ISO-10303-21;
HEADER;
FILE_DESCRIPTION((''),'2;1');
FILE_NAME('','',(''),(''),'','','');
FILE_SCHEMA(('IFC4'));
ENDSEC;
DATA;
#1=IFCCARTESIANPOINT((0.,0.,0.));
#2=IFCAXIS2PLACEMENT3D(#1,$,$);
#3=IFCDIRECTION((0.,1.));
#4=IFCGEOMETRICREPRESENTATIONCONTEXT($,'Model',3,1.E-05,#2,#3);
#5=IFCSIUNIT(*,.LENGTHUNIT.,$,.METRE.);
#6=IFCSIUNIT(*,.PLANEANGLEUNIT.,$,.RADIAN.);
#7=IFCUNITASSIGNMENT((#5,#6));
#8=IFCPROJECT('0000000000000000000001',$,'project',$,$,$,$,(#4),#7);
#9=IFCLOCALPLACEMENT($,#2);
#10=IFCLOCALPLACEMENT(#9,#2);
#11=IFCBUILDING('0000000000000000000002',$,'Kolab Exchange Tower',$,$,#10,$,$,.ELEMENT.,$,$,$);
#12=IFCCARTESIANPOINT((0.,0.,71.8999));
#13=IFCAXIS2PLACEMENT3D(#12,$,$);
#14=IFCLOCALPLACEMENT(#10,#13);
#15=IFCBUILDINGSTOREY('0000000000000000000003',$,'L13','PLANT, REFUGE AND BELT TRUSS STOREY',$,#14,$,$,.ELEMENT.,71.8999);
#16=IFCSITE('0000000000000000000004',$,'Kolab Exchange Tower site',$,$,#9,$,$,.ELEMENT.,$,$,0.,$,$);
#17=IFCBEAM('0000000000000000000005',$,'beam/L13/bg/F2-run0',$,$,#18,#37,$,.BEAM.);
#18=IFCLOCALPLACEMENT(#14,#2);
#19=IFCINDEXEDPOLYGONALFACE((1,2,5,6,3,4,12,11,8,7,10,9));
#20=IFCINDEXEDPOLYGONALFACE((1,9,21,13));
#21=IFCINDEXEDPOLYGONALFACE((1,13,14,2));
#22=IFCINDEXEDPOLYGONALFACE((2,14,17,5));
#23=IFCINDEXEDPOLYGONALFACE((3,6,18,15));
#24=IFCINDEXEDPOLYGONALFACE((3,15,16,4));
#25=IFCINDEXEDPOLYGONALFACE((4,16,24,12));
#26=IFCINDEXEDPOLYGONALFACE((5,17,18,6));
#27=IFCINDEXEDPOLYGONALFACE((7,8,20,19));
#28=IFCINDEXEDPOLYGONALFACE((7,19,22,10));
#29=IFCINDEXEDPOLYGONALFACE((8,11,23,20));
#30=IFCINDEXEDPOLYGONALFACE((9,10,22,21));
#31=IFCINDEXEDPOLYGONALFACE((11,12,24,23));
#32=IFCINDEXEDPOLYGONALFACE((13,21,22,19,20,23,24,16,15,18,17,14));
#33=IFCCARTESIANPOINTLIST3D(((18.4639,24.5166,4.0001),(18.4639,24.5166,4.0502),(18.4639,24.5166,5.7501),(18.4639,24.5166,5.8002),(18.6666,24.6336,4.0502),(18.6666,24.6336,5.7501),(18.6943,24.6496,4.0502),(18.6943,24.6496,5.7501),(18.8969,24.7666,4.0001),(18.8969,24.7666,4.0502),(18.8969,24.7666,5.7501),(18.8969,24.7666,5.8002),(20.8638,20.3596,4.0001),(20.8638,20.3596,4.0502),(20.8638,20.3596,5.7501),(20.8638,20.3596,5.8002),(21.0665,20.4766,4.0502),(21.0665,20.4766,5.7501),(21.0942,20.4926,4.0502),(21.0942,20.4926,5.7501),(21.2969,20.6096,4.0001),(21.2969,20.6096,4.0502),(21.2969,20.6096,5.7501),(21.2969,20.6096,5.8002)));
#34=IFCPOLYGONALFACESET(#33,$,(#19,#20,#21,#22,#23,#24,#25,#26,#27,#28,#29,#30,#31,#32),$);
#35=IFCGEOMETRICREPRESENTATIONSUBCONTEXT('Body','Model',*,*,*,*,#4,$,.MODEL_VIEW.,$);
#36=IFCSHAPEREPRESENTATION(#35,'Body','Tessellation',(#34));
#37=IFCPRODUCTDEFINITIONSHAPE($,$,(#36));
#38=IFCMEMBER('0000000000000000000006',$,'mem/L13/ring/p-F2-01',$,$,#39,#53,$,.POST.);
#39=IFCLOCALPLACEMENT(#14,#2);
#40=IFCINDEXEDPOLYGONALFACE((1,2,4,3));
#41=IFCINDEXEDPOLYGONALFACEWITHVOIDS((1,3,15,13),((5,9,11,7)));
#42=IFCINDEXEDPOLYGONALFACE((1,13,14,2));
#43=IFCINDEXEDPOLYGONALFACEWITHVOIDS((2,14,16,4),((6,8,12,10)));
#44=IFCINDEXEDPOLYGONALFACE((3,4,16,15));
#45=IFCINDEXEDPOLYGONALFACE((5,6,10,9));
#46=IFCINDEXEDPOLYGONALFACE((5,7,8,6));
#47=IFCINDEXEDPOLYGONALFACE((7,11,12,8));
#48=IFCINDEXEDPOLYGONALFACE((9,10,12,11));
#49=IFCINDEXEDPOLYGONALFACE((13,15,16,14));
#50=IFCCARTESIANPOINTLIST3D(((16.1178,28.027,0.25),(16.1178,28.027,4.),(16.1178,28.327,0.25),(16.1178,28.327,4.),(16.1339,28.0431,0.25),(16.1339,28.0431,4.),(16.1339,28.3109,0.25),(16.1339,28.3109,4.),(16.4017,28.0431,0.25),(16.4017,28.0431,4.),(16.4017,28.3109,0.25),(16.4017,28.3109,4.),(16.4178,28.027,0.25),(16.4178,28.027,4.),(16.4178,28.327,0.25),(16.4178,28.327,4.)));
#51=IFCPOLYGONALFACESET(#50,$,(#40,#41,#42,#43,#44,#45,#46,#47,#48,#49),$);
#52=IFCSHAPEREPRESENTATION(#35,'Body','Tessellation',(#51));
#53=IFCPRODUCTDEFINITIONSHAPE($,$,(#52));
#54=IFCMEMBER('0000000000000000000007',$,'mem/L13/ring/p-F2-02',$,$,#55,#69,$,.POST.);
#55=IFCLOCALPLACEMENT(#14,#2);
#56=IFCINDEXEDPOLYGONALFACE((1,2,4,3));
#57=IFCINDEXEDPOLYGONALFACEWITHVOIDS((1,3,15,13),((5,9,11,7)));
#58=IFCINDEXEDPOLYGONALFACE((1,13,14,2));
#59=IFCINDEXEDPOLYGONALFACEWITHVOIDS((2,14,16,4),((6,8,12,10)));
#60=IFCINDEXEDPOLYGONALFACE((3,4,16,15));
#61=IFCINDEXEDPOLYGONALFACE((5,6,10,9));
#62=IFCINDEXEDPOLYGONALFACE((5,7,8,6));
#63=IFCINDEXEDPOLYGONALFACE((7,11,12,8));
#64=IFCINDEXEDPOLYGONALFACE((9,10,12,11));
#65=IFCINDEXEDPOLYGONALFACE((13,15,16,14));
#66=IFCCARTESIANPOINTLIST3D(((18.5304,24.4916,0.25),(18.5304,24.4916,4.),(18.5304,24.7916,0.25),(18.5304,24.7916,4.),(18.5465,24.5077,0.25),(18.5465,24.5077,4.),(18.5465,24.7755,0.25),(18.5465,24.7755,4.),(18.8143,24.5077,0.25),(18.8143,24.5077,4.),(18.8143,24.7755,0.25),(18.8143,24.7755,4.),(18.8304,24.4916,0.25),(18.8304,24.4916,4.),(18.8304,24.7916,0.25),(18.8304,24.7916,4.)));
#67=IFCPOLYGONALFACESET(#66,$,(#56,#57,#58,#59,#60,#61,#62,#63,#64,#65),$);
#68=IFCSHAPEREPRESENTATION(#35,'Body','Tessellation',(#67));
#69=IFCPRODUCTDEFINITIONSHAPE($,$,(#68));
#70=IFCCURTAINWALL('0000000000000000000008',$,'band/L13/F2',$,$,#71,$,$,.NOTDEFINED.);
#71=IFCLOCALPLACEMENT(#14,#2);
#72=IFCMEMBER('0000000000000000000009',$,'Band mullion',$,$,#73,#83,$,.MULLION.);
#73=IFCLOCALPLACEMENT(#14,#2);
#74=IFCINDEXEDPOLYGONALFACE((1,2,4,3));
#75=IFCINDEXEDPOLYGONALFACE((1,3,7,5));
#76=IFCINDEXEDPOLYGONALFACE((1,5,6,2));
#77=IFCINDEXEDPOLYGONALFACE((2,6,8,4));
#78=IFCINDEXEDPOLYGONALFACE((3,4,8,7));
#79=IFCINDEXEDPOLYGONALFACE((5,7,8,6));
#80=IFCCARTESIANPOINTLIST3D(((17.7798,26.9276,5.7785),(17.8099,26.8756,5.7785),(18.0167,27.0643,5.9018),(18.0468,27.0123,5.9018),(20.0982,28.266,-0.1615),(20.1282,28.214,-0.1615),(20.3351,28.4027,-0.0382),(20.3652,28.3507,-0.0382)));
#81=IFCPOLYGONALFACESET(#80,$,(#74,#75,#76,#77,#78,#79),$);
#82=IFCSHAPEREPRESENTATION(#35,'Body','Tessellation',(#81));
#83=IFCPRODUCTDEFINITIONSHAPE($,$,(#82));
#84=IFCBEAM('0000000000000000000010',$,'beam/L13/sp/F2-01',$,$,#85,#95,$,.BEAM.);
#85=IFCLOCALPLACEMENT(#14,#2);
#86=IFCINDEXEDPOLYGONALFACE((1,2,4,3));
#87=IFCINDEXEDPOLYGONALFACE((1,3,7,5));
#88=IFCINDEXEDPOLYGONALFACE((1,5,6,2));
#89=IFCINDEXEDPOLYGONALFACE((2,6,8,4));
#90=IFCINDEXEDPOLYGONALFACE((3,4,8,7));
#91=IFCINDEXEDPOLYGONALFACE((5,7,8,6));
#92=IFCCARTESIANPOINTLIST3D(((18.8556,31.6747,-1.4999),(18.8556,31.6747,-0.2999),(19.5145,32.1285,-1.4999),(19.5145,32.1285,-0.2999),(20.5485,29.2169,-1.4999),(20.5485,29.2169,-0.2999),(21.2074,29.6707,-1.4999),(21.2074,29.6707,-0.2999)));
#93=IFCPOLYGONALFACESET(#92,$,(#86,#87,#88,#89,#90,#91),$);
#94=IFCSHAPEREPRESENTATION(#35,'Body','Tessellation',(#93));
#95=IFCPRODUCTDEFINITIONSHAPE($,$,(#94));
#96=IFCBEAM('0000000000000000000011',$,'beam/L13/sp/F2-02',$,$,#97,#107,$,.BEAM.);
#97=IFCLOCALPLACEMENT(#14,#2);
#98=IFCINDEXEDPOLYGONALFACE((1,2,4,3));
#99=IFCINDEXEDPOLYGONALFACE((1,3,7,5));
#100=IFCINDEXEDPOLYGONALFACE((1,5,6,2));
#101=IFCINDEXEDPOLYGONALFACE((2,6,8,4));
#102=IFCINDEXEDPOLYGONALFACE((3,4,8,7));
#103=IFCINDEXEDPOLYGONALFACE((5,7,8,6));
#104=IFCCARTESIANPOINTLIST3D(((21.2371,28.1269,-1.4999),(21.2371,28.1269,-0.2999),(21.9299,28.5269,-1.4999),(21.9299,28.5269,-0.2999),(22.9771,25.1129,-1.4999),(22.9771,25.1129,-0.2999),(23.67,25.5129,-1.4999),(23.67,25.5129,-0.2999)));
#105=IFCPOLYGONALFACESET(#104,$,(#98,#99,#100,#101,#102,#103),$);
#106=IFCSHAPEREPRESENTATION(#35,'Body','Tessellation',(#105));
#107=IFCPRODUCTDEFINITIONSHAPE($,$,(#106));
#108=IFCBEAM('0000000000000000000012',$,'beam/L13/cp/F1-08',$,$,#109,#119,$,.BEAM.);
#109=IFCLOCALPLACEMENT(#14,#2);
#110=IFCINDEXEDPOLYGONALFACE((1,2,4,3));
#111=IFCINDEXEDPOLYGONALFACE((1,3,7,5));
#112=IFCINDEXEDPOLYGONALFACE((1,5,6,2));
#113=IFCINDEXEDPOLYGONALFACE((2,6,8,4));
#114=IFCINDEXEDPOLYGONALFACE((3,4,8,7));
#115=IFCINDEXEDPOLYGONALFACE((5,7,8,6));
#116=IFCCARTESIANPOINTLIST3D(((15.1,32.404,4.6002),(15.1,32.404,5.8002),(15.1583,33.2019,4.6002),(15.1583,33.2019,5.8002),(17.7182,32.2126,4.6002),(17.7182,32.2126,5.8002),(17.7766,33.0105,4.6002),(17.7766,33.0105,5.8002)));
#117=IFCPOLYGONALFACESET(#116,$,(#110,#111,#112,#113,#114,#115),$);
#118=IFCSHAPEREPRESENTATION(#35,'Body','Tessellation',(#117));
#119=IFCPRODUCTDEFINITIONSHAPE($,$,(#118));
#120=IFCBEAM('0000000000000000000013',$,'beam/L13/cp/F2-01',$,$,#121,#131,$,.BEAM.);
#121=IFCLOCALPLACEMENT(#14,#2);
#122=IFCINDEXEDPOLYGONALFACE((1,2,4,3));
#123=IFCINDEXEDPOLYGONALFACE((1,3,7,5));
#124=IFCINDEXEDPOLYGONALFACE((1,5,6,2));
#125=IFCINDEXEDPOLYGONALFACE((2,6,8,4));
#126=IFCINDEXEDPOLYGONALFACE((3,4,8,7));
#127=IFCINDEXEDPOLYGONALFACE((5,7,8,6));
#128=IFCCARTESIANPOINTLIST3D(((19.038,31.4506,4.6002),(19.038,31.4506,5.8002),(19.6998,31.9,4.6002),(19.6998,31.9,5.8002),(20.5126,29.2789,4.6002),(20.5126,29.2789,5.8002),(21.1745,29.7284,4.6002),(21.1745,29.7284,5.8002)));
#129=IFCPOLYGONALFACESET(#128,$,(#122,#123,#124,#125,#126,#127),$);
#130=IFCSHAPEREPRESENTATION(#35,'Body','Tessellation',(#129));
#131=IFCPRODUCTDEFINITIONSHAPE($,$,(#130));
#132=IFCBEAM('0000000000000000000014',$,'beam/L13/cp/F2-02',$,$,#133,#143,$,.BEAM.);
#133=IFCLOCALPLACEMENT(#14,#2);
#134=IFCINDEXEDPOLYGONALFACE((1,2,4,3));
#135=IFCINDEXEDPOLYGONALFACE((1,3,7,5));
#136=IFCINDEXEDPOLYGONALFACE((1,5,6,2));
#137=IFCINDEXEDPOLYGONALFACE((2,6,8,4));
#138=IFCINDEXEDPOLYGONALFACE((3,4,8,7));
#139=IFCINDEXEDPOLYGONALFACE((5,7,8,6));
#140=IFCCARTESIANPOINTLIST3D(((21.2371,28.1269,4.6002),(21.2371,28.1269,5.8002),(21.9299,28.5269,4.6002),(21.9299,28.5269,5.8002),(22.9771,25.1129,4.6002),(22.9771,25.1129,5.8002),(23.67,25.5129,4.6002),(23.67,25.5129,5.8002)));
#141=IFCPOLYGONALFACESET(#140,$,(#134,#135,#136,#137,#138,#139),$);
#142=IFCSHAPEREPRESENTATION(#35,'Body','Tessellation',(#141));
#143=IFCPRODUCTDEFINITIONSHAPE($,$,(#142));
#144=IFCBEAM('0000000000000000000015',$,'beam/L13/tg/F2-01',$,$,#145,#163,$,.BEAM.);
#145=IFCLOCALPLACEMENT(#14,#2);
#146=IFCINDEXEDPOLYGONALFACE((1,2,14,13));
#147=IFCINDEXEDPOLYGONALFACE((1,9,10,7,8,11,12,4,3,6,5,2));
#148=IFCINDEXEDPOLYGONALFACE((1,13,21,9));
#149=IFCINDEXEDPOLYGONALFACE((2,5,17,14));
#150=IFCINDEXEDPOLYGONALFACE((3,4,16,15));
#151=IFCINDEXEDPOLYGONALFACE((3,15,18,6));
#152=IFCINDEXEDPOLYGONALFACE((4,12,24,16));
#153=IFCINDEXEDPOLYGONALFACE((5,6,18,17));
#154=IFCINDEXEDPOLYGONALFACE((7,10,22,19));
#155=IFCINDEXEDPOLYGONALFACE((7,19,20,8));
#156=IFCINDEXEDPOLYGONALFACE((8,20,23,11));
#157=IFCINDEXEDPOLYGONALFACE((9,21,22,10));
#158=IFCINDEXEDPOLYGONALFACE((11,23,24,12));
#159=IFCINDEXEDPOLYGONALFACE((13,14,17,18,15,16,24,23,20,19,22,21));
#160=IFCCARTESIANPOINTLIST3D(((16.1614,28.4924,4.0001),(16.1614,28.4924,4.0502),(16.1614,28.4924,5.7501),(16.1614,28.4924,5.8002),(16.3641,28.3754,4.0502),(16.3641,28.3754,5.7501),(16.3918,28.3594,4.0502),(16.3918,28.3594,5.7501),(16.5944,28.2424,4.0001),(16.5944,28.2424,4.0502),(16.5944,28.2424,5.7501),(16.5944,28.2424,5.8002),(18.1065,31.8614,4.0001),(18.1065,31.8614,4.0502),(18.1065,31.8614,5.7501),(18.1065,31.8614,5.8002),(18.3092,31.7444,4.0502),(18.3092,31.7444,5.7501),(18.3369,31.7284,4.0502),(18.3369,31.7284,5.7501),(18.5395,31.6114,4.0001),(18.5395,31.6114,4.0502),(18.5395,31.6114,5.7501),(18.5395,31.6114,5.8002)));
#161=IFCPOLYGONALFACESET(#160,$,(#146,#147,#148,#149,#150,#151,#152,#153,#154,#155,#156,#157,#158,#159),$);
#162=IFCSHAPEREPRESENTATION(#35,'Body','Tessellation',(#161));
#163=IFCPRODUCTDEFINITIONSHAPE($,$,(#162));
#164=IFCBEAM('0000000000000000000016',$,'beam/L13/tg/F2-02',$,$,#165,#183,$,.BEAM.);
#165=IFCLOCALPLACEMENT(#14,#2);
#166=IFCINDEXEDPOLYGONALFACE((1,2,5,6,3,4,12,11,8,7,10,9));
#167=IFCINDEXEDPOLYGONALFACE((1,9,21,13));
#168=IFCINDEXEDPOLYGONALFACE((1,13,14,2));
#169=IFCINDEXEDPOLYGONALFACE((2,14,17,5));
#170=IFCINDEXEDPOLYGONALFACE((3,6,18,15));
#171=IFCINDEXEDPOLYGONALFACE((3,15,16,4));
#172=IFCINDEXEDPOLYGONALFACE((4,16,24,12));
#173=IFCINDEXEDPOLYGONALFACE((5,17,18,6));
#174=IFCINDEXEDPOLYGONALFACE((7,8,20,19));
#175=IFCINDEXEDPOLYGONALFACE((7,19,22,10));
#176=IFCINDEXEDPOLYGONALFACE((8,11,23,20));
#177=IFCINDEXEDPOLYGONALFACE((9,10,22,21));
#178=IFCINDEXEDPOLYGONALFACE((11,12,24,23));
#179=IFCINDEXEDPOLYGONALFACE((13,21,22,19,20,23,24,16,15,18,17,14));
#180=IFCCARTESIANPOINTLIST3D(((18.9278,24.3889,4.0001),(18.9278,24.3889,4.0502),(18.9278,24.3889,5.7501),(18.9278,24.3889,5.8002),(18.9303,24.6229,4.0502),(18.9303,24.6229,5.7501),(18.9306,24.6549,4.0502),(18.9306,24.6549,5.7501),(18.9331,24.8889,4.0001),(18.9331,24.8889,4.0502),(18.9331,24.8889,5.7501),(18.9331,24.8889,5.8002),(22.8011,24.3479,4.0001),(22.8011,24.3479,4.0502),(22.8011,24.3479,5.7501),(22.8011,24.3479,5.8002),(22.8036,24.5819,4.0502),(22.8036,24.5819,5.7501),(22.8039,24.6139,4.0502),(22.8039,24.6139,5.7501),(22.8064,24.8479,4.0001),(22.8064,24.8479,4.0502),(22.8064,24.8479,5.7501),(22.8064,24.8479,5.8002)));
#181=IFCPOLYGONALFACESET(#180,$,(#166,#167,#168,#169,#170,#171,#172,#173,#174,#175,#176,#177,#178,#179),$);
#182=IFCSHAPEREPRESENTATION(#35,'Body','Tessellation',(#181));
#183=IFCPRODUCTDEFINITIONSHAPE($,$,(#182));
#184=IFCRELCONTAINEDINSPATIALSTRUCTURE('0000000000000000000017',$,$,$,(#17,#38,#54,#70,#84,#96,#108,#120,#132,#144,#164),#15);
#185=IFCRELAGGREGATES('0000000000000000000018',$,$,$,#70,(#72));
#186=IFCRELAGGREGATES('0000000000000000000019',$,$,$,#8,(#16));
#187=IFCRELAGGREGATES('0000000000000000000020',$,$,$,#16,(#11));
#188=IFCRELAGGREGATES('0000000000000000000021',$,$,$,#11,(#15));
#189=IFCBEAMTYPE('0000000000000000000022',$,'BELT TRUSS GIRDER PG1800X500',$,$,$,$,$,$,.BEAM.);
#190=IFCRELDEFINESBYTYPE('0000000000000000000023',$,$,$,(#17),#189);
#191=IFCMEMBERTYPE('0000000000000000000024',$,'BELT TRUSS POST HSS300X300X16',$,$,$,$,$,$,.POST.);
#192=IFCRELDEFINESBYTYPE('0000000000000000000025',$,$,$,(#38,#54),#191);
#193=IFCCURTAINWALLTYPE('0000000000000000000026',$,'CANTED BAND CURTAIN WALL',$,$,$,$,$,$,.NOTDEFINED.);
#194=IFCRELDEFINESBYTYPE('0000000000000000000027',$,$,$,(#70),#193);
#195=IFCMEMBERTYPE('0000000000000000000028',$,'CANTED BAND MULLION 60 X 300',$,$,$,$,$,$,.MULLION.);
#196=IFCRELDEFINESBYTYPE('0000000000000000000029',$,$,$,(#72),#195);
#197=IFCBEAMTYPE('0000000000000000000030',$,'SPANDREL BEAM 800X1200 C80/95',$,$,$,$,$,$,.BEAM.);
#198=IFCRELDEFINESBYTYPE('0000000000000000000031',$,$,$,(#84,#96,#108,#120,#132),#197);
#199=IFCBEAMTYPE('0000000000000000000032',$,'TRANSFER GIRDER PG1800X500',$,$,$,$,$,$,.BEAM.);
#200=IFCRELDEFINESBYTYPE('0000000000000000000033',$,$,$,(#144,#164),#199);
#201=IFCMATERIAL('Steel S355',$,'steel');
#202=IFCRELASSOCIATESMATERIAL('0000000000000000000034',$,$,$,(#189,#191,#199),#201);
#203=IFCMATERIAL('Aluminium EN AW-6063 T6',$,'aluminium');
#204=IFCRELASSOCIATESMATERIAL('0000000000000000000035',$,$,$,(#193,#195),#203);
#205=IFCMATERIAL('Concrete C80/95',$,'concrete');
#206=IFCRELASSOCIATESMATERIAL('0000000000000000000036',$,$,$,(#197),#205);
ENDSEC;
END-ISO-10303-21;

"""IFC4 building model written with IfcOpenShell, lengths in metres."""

from ifc_helpers import new_model, si_unit, direction, frame, origin, origin_2d, place, context, subcontext, project, spatial, rectangle, hollow_rectangle, i_section, extrude, material, material_profile, profile_set, type_object, element, aggregate, save


model = new_model("IFC4")

# Units and contexts
model_context = context("Model", 3, precision=1e-05, world=origin(), true_north=direction((0.0, 1.0)))
body_context = subcontext(model_context, "Body", "Model", "MODEL_VIEW")
ifc_project = project(units=[si_unit("LENGTHUNIT", "METRE"), si_unit("PLANEANGLEUNIT", "RADIAN")], contexts=[model_context])

# Site, building, storey
site_placement = place(None, origin())
site = spatial("IfcSite", under=ifc_project, at=site_placement, Name="Kolab Exchange Tower site", CompositionType="ELEMENT", RefElevation=0.0)
building_placement = place(site_placement, origin())
building = spatial("IfcBuilding", under=site, at=building_placement, Name="Kolab Exchange Tower", CompositionType="ELEMENT")
storey_placement = place(building_placement, frame((0.0, 0.0, 71.8999)))
storey = spatial("IfcBuildingStorey", under=building, at=storey_placement, Name="L13", Description="PLANT, REFUGE AND BELT TRUSS STOREY", CompositionType="ELEMENT", Elevation=71.8999)

# Shared definitions
ifc_material_1 = material(Name="Concrete C80/95", Category="concrete")

# Shared definitions
ifc_material_2 = material(Name="Steel S355", Category="steel")

# Beam
ifc_material_profile_1 = material_profile(ifc_material_2, i_section(OverallWidth=0.5, OverallDepth=1.8, WebThickness=0.032, FlangeThickness=0.05, at=origin_2d()), Name="PG1800X500")
ifc_profile_set_1 = profile_set([ifc_material_profile_1], Name="Steel S355")
beam_type_1 = type_object("IfcBeamType", Name="BELT TRUSS GIRDER PG1800X500", PredefinedType="BEAM", material=ifc_profile_set_1)
beam_1_placement = place(storey_placement, frame((18.6804, 24.6416, 4.9001), z_axis=(0.499979, -0.866037, 0.0), x_axis=(0.866037, 0.499979, 0.0)))
element("IfcBeam", 1, at=beam_1_placement, inside=storey, type_object=beam_type_1, Name="beam/L13/bg/F2-run0", PredefinedType="BEAM", context=body_context, shape_type="SweptSolid", body=[
    extrude(i_section(OverallWidth=0.5, OverallDepth=1.8, WebThickness=0.032, FlangeThickness=0.05, at=origin_2d()), origin(), (0.0, 0.0, 1.0), 4.8),
])

# Members
ifc_material_profile_2 = material_profile(ifc_material_2, hollow_rectangle(XDim=0.3, YDim=0.3, WallThickness=0.0161, at=origin_2d()), Name="HSS300X300X16")
ifc_profile_set_2 = profile_set([ifc_material_profile_2], Name="Steel S355")
member_type_1 = type_object("IfcMemberType", Name="BELT TRUSS POST HSS300X300X16", PredefinedType="POST", material=ifc_profile_set_2)
for number, where, z_axis, x_axis, name in (
    (2, (16.2678, 28.177, 0.25), (0.0, 0.0, 1.0), (1.0, 0.0, 0.0), "mem/L13/ring/p-F2-01"),
    (3, (18.6804, 24.6416, 0.25), (0.0, 0.0, 1.0), (1.0, 0.0, 0.0), "mem/L13/ring/p-F2-02"),
):
    element("IfcMember", number, at=place(storey_placement, frame(where, z_axis=z_axis, x_axis=x_axis)), inside=storey, type_object=member_type_1, Name=name, PredefinedType="POST", context=body_context, shape_type="SweptSolid", body=[
        extrude(hollow_rectangle(XDim=0.3, YDim=0.3, WallThickness=0.0161, at=origin_2d()), origin(), (0.0, 0.0, 1.0), 3.75),
    ])

# Curtain wall, member
ifc_material_3 = material(Name="Aluminium EN AW-6063 T6", Category="aluminium")
curtain_wall_type_1 = type_object("IfcCurtainWallType", Name="CANTED BAND CURTAIN WALL", PredefinedType="NOTDEFINED", material=ifc_material_3)
curtain_wall_1_placement = place(storey_placement, origin())
curtain_wall_1 = element("IfcCurtainWall", 4, at=curtain_wall_1_placement, inside=storey, type_object=curtain_wall_type_1, Name="band/L13/F2", PredefinedType="NOTDEFINED")
ifc_material_profile_3 = material_profile(ifc_material_3, rectangle(XDim=0.0601, YDim=0.3, at=origin_2d()), Name="RECT 60X300")
ifc_profile_set_3 = profile_set([ifc_material_profile_3], Name="Aluminium EN AW-6063 T6")
member_type_2 = type_object("IfcMemberType", Name="CANTED BAND MULLION 60 X 300", PredefinedType="MULLION", material=ifc_profile_set_3)
member_1_placement = place(storey_placement, frame((20.2317, 28.3083, -0.0999), z_axis=(-0.355834, -0.205421, 0.911693), x_axis=(0.499965, -0.866046, 0.0)))
member_1 = element("IfcMember", 5, at=member_1_placement, type_object=member_type_2, Name="Band mullion", PredefinedType="MULLION", context=body_context, shape_type="SweptSolid", body=[
    extrude(rectangle(XDim=0.0601, YDim=0.3, at=origin_2d()), origin(), (0.0, 0.0, 1.0), 6.5154),
])

# Beams
ifc_material_profile_4 = material_profile(ifc_material_1, rectangle(XDim=0.8, YDim=1.2, at=origin_2d()), Name="RC800X1200")
ifc_profile_set_4 = profile_set([ifc_material_profile_4], Name="Concrete C80/95")
beam_type_2 = type_object("IfcBeamType", Name="SPANDREL BEAM 800X1200 C80/95", PredefinedType="BEAM", material=ifc_profile_set_4)
beam_2_placement = place(storey_placement, frame((19.1851, 31.9016, -0.8999), z_axis=(0.567247, -0.823548, 0.0), x_axis=(0.823548, 0.567247, 0.0)))
element("IfcBeam", 6, at=beam_2_placement, inside=storey, type_object=beam_type_2, Name="beam/L13/sp/F2-01", PredefinedType="BEAM", context=body_context, shape_type="SweptSolid", body=[
    extrude(rectangle(XDim=0.8, YDim=1.2, at=origin_2d()), origin(), (0.0, 0.0, 1.0), 2.9844),
])
beam_3_placement = place(storey_placement, frame((21.5835, 28.3269, -0.8999), z_axis=(0.49998, -0.866037, 0.0), x_axis=(0.866037, 0.49998, 0.0)))
element("IfcBeam", 7, at=beam_3_placement, inside=storey, type_object=beam_type_2, Name="beam/L13/sp/F2-02", PredefinedType="BEAM", context=body_context, shape_type="SweptSolid", body=[
    extrude(rectangle(XDim=0.8, YDim=1.2, at=origin_2d()), origin(), (0.0, 0.0, 1.0), 3.4802),
])
beam_4_placement = place(storey_placement, frame((15.1292, 32.803, 5.2002), z_axis=(0.997338, -0.072912, 0.0), x_axis=(0.072912, 0.997338, 0.0)))
element("IfcBeam", 8, at=beam_4_placement, inside=storey, type_object=beam_type_2, Name="beam/L13/cp/F1-08", PredefinedType="BEAM", context=body_context, shape_type="SweptSolid", body=[
    extrude(rectangle(XDim=0.8, YDim=1.2, at=origin_2d()), origin(), (0.0, 0.0, 1.0), 2.6252),
])
beam_5_placement = place(storey_placement, frame((19.3689, 31.6753, 5.2002), z_axis=(0.561763, -0.827298, 0.0), x_axis=(0.827298, 0.561763, 0.0)))
element("IfcBeam", 9, at=beam_5_placement, inside=storey, type_object=beam_type_2, Name="beam/L13/cp/F2-01", PredefinedType="BEAM", context=body_context, shape_type="SweptSolid", body=[
    extrude(rectangle(XDim=0.8, YDim=1.2, at=origin_2d()), origin(), (0.0, 0.0, 1.0), 2.625),
])
beam_6_placement = place(storey_placement, frame((21.5835, 28.3269, 5.2002), z_axis=(0.49998, -0.866037, 0.0), x_axis=(0.866037, 0.49998, 0.0)))
element("IfcBeam", 10, at=beam_6_placement, inside=storey, type_object=beam_type_2, Name="beam/L13/cp/F2-02", PredefinedType="BEAM", context=body_context, shape_type="SweptSolid", body=[
    extrude(rectangle(XDim=0.8, YDim=1.2, at=origin_2d()), origin(), (0.0, 0.0, 1.0), 3.4802),
])
ifc_material_profile_5 = material_profile(ifc_material_2, i_section(OverallWidth=0.5, OverallDepth=1.8, WebThickness=0.032, FlangeThickness=0.05, at=origin_2d()), Name="PG1800X500")
ifc_profile_set_5 = profile_set([ifc_material_profile_5], Name="Steel S355")
beam_type_3 = type_object("IfcBeamType", Name="TRANSFER GIRDER PG1800X500", PredefinedType="BEAM", material=ifc_profile_set_5)
beam_7_placement = place(storey_placement, frame((16.3779, 28.3674, 4.9001), z_axis=(0.500007, 0.866022, 0.0), x_axis=(-0.866022, 0.500007, 0.0)))
element("IfcBeam", 11, at=beam_7_placement, inside=storey, type_object=beam_type_3, Name="beam/L13/tg/F2-01", PredefinedType="BEAM", context=body_context, shape_type="SweptSolid", body=[
    extrude(i_section(OverallWidth=0.5, OverallDepth=1.8, WebThickness=0.032, FlangeThickness=0.05, at=origin_2d()), origin(), (0.0, 0.0, 1.0), 3.8901),
])
beam_8_placement = place(storey_placement, frame((18.9304, 24.6389, 4.9001), z_axis=(0.999944, -0.010589, 0.0), x_axis=(0.010589, 0.999944, 0.0)))
element("IfcBeam", 12, at=beam_8_placement, inside=storey, type_object=beam_type_3, Name="beam/L13/tg/F2-02", PredefinedType="BEAM", context=body_context, shape_type="SweptSolid", body=[
    extrude(i_section(OverallWidth=0.5, OverallDepth=1.8, WebThickness=0.032, FlangeThickness=0.05, at=origin_2d()), origin(), (0.0, 0.0, 1.0), 3.8735),
])

aggregate(curtain_wall_1, [member_1])

save(model, "model.ifc")
